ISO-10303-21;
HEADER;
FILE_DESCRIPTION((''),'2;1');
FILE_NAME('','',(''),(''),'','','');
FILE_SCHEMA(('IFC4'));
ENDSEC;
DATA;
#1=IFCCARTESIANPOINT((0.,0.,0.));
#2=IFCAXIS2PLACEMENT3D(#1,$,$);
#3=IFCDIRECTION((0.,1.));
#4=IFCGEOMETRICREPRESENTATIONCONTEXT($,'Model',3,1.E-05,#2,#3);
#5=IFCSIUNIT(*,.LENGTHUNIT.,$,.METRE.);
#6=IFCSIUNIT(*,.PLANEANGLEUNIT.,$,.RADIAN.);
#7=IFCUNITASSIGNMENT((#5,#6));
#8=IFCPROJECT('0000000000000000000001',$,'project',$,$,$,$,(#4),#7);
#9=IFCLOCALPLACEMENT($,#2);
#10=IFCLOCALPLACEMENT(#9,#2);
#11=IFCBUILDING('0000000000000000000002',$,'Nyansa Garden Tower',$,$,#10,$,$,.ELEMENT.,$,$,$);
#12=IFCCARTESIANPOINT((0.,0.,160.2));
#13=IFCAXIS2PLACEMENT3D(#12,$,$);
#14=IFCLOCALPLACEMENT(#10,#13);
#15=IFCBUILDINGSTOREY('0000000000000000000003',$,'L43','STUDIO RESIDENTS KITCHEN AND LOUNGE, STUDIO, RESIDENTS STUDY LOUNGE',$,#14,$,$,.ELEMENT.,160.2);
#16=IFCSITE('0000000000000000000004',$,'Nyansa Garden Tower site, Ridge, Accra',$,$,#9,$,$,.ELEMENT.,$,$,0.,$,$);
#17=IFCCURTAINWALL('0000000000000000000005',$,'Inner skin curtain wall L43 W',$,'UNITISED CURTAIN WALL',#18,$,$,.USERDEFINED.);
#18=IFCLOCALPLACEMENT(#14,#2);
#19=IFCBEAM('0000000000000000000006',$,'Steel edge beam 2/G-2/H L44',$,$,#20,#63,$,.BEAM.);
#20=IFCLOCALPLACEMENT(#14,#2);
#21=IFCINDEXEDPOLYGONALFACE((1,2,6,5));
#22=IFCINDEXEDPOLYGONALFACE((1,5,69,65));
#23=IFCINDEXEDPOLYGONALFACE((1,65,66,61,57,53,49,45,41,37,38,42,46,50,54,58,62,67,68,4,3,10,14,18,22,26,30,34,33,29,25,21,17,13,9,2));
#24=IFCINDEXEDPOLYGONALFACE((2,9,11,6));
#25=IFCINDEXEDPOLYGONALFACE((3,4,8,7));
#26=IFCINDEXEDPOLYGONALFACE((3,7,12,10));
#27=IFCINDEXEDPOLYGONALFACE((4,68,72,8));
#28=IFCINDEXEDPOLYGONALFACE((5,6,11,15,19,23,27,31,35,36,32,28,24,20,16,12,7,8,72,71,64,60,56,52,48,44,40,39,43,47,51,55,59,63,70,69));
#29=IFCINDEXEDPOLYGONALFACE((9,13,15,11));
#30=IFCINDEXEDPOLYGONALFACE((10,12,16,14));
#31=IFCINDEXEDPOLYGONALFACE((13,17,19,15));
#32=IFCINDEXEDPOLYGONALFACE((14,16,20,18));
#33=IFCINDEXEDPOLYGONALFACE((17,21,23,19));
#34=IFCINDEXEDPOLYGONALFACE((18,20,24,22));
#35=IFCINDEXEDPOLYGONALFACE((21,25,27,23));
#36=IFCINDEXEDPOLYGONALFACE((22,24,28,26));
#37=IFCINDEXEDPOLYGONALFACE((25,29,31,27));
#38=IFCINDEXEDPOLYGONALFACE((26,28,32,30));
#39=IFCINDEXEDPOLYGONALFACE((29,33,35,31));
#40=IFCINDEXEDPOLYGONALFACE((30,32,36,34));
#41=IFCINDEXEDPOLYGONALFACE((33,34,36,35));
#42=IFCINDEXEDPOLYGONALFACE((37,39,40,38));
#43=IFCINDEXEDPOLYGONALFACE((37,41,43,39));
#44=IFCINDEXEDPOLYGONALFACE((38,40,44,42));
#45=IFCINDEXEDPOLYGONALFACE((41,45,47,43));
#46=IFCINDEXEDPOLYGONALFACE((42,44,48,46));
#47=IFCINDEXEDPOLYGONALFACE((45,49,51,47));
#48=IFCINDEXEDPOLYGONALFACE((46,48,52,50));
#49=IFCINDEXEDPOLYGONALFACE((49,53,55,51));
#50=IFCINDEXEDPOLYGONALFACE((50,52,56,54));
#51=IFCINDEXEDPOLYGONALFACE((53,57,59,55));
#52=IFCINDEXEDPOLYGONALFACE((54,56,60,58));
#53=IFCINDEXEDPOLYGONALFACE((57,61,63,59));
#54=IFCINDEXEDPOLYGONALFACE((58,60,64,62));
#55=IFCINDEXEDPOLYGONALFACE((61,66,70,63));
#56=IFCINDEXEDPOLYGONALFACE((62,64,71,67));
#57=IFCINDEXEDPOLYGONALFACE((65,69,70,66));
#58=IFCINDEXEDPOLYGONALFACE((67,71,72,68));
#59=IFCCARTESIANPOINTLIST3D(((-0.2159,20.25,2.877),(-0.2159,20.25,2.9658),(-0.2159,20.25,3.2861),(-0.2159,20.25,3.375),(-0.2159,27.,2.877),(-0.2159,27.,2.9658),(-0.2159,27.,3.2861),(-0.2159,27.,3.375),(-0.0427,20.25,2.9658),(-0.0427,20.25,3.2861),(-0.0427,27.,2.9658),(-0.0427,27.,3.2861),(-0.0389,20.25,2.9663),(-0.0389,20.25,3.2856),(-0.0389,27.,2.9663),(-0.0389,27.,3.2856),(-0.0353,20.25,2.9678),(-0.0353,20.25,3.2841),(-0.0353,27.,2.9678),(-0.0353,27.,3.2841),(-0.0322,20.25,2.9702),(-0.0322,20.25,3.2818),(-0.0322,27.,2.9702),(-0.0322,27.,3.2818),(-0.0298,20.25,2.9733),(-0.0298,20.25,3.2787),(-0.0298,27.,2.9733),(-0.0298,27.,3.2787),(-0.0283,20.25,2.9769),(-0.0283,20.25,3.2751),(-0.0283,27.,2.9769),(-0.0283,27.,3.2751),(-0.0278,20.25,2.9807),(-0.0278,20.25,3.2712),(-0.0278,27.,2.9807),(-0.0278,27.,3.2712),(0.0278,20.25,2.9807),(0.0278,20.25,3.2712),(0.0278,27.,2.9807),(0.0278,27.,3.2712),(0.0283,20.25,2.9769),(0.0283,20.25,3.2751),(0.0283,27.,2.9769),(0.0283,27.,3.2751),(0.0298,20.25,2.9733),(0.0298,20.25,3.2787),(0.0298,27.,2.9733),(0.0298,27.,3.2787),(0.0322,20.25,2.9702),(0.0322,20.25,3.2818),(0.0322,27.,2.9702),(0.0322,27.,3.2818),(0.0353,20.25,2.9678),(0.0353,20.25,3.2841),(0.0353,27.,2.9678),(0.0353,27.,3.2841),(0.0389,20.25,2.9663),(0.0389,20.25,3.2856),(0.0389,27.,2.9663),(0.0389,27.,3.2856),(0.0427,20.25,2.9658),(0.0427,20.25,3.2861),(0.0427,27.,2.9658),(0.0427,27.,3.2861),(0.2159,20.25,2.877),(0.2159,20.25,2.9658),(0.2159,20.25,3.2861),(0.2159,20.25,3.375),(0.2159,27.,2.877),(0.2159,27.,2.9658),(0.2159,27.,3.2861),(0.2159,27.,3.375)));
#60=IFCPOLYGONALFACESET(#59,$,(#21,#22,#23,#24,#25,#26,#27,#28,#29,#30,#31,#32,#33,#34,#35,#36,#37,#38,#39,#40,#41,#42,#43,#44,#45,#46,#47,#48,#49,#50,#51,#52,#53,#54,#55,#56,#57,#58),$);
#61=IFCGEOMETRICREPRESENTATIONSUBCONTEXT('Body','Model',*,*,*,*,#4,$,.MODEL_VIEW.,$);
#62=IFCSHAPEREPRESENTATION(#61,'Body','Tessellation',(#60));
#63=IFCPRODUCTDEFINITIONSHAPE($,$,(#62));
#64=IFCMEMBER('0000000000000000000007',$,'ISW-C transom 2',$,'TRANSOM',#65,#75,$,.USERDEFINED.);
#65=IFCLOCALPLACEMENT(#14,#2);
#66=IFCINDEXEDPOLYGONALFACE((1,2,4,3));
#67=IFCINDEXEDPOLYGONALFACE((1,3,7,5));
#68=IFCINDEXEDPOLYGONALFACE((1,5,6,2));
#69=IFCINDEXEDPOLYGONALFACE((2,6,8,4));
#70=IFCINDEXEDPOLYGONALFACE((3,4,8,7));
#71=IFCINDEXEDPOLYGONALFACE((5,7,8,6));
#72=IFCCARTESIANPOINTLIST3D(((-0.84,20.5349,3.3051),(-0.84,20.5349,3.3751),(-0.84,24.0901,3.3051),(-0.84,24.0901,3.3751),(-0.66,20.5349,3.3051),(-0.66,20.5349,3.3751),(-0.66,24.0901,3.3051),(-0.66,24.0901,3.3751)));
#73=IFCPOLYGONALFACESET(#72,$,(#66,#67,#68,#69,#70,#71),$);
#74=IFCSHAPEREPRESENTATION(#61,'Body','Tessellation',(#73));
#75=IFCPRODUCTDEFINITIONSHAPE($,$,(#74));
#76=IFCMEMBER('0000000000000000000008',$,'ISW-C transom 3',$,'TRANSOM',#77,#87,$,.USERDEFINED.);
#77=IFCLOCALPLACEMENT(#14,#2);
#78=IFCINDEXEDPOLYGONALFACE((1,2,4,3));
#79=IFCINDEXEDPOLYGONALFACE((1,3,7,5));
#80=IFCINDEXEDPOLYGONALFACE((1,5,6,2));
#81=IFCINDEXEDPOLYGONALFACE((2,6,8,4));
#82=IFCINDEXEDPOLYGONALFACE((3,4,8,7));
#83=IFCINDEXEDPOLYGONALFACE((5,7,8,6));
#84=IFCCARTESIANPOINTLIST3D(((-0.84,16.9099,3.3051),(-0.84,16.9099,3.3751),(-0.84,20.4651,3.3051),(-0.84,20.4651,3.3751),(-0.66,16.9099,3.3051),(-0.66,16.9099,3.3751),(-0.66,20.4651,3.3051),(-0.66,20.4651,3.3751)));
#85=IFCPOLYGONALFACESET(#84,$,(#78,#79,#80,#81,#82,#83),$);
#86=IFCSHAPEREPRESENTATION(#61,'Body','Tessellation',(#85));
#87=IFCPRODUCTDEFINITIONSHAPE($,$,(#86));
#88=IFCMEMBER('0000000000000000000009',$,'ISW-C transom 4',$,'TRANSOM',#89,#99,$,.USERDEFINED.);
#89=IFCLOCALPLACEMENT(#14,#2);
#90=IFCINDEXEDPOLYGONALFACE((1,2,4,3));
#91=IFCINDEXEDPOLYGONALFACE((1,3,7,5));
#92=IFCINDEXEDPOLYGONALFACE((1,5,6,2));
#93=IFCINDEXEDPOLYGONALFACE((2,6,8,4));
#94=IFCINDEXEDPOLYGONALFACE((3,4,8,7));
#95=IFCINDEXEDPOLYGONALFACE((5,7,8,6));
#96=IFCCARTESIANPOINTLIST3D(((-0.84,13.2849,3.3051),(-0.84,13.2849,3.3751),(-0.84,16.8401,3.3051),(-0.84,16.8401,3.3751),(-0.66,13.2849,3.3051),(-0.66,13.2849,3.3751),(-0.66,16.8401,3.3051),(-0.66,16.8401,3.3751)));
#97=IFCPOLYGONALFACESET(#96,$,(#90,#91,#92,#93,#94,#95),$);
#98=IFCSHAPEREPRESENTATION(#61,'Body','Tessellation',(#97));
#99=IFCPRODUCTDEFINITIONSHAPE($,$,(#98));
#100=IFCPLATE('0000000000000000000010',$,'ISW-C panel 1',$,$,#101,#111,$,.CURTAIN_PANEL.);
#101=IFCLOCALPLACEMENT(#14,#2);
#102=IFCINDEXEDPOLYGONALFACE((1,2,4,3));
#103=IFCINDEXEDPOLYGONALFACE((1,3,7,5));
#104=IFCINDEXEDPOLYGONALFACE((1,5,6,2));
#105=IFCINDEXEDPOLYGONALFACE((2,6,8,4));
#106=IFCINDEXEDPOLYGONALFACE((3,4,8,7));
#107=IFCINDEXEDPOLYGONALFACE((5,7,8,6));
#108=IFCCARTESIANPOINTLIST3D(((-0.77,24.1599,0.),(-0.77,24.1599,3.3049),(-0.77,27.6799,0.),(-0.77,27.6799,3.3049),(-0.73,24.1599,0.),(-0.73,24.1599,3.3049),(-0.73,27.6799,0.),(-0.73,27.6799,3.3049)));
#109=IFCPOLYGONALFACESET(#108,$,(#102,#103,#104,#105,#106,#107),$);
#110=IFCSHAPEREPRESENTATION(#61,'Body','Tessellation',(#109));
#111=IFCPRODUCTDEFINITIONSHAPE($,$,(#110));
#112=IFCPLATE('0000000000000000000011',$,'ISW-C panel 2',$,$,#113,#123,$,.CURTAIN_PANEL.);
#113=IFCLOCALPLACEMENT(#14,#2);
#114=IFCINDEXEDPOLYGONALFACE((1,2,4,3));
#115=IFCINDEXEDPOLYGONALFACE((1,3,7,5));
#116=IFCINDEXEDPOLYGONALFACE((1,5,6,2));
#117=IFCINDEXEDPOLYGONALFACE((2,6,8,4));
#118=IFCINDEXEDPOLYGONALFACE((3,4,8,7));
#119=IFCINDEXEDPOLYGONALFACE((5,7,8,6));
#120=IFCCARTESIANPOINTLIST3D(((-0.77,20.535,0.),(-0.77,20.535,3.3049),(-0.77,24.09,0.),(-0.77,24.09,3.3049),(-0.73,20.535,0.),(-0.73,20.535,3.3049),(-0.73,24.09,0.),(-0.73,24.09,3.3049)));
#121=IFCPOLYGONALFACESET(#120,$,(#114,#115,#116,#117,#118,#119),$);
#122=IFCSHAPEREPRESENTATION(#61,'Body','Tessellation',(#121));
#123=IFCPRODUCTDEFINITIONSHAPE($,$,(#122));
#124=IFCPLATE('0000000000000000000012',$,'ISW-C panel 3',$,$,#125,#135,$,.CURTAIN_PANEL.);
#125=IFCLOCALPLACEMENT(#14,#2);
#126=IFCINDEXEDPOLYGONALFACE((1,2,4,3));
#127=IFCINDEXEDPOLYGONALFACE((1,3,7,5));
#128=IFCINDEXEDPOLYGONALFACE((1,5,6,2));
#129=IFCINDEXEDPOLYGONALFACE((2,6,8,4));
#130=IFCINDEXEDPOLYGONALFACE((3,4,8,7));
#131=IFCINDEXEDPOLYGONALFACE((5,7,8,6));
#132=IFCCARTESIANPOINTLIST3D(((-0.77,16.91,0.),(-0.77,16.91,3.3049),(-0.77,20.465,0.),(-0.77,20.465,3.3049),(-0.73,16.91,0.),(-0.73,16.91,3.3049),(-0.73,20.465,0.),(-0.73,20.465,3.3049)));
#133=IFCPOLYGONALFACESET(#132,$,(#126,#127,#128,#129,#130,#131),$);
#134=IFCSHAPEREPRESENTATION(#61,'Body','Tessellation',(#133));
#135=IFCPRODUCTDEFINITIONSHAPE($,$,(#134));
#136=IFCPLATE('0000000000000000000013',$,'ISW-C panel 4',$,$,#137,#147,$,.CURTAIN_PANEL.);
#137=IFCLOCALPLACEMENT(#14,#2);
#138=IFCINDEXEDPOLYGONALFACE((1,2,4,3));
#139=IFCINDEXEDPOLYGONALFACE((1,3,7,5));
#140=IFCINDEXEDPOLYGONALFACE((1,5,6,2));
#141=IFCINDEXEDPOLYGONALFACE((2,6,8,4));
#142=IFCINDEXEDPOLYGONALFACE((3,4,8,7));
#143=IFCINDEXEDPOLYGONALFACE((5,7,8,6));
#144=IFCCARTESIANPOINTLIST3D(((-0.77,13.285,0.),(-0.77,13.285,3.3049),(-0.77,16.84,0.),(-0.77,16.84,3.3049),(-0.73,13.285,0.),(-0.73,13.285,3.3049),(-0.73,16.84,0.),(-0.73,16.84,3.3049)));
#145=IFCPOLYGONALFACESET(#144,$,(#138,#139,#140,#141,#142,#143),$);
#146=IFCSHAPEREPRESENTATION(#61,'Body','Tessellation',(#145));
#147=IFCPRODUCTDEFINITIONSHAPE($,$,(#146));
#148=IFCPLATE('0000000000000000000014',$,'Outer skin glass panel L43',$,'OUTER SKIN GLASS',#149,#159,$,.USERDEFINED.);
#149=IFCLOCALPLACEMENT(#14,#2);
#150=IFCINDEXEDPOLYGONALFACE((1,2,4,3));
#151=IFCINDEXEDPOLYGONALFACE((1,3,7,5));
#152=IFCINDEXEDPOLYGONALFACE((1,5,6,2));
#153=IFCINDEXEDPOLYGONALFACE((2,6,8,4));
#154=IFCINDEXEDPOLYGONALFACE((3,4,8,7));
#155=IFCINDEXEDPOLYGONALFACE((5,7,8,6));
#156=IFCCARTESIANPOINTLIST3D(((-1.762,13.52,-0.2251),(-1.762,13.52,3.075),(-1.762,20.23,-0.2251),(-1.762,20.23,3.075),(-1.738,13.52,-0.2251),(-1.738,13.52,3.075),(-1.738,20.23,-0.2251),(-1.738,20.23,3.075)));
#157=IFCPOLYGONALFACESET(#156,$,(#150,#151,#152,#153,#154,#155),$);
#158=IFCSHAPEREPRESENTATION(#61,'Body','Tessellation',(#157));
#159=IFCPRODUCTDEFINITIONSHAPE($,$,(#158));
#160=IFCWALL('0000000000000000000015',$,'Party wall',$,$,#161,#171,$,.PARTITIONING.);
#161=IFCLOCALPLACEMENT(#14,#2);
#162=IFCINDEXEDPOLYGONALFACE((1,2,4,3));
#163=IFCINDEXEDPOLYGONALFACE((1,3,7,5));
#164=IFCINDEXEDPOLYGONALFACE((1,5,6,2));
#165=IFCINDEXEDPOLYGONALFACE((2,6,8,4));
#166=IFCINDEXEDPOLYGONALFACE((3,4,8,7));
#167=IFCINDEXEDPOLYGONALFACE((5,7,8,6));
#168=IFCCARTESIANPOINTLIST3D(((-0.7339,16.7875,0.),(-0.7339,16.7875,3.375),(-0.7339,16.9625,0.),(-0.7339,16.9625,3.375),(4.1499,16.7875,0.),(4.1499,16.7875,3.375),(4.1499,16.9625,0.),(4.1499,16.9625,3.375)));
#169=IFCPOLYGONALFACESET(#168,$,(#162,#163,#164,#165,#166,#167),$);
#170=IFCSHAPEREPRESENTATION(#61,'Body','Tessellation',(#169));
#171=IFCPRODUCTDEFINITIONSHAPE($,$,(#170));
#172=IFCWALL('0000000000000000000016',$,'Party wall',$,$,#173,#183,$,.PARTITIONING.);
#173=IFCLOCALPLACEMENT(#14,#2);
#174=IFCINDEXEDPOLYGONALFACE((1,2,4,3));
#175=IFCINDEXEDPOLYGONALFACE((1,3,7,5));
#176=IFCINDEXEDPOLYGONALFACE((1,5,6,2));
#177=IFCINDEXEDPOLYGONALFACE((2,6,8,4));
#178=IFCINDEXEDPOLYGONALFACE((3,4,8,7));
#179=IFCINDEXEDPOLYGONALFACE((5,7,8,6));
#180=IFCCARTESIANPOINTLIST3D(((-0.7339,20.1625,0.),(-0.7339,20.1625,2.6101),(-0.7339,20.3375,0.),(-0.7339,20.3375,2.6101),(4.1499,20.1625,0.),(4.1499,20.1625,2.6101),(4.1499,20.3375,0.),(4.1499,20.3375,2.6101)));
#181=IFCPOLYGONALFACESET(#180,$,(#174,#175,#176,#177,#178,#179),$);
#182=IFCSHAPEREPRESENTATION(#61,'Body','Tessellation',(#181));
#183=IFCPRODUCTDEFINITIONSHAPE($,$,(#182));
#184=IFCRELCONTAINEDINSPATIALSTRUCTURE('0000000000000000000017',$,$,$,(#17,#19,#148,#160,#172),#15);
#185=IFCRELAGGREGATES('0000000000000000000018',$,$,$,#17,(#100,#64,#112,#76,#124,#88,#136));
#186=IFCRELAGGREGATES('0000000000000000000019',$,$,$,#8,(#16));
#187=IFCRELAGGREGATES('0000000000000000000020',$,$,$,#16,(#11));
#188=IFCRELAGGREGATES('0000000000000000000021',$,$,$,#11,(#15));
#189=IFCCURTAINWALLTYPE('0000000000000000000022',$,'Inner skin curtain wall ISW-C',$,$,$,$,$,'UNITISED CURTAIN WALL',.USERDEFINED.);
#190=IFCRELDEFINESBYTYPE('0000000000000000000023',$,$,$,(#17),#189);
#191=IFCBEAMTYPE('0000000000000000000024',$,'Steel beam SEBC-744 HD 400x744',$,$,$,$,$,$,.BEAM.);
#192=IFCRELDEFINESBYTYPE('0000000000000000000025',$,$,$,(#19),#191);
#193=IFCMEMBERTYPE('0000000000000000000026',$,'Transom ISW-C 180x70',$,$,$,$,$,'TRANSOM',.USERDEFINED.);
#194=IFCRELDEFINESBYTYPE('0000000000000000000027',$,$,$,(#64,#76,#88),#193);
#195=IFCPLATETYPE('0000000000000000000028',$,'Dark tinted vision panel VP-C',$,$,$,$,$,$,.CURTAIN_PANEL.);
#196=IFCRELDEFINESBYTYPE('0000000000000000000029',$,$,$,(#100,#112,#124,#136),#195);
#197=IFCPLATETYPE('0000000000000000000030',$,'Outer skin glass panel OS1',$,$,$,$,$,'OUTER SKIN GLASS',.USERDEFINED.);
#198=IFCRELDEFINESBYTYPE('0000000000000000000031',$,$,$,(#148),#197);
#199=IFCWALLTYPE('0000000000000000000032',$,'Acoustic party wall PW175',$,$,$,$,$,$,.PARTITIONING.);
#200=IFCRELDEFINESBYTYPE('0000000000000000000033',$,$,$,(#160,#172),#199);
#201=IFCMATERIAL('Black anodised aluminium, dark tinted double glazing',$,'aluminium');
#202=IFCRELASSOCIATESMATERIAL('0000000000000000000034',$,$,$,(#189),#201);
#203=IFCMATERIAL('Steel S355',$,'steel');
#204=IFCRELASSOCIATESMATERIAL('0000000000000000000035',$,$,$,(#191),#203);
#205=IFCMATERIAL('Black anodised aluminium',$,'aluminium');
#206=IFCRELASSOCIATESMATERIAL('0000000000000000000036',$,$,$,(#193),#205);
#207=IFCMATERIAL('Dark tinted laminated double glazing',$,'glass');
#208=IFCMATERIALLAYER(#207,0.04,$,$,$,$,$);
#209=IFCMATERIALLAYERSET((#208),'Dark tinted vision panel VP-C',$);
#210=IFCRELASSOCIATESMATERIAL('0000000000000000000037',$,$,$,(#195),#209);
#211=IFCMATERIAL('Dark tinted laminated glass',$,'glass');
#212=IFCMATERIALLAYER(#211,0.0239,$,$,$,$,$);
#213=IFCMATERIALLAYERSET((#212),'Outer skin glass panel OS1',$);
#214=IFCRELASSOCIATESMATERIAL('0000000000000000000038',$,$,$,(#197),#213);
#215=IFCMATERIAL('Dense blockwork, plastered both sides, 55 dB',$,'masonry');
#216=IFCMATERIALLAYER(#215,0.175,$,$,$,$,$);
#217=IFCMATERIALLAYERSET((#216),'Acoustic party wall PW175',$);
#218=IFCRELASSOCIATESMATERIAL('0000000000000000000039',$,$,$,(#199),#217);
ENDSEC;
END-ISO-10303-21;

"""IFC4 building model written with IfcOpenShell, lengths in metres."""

from ifc_helpers import new_model, si_unit, direction, frame, frame_2d, origin, origin_2d, place, context, subcontext, project, spatial, rectangle, i_section, extrude, material, layer, layer_set, material_profile, profile_set, type_object, element, aggregate, save


model = new_model("IFC4")

# Units and contexts
model_context = context("Model", 3, precision=1e-05, world=origin(), true_north=direction((0.0, 1.0)))
body_context = subcontext(model_context, "Body", "Model", "MODEL_VIEW")
ifc_project = project(units=[si_unit("LENGTHUNIT", "METRE"), si_unit("PLANEANGLEUNIT", "RADIAN")], contexts=[model_context])

# Site, building, storey
site_placement = place(None, origin())
site = spatial("IfcSite", under=ifc_project, at=site_placement, Name="Nyansa Garden Tower site, Ridge, Accra", CompositionType="ELEMENT", RefElevation=0.0)
building_placement = place(site_placement, origin())
building = spatial("IfcBuilding", under=site, at=building_placement, Name="Nyansa Garden Tower", CompositionType="ELEMENT")
storey_placement = place(building_placement, frame((0.0, 0.0, 160.2)))
storey = spatial("IfcBuildingStorey", under=building, at=storey_placement, Name="L43", Description="STUDIO RESIDENTS KITCHEN AND LOUNGE, STUDIO, RESIDENTS STUDY LOUNGE", CompositionType="ELEMENT", Elevation=160.2)

# Curtain wall
ifc_material_1 = material(Name="Black anodised aluminium, dark tinted double glazing", Category="aluminium")
curtain_wall_type = type_object("IfcCurtainWallType", Name="Inner skin curtain wall ISW-C", ElementType="UNITISED CURTAIN WALL", PredefinedType="USERDEFINED", material=ifc_material_1)
curtain_wall_placement = place(storey_placement, origin())
curtain_wall = element("IfcCurtainWall", 1, at=curtain_wall_placement, inside=storey, type_object=curtain_wall_type, Name="Inner skin curtain wall L43 W", ObjectType="UNITISED CURTAIN WALL", PredefinedType="USERDEFINED")

# Beam
ifc_material_2 = material(Name="Steel S355", Category="steel")
ifc_material_profile_1 = material_profile(ifc_material_2, i_section(OverallWidth=0.4319, OverallDepth=0.498, WebThickness=0.0557, FlangeThickness=0.0889, FilletRadius=0.0149, at=origin_2d()), Name="HD 400x744")
ifc_profile_set_1 = profile_set([ifc_material_profile_1], Name="Steel S355")
beam_type_1 = type_object("IfcBeamType", Name="Steel beam SEBC-744 HD 400x744", PredefinedType="BEAM", material=ifc_profile_set_1)
beam_1_placement = place(storey_placement, frame((0.0, 20.25, 3.126), z_axis=(0.0, 1.0, 0.0), x_axis=(-1.0, 0.0, 0.0)))
element("IfcBeam", 2, at=beam_1_placement, inside=storey, type_object=beam_type_1, Name="Steel edge beam 2/G-2/H L44", PredefinedType="BEAM", context=body_context, shape_type="SweptSolid", body=[
    extrude(i_section(OverallWidth=0.4319, OverallDepth=0.498, WebThickness=0.0557, FlangeThickness=0.0889, FilletRadius=0.0149, at=origin_2d()), origin(), (0.0, 0.0, 1.0), 6.75),
])

# Members
ifc_material_3 = material(Name="Black anodised aluminium", Category="aluminium")
ifc_material_profile_2 = material_profile(ifc_material_3, rectangle(XDim=0.1799, YDim=0.0701, at=origin_2d()), Name="Transom 180x70")
ifc_profile_set_2 = profile_set([ifc_material_profile_2], Name="Black anodised aluminium")
member_type_1 = type_object("IfcMemberType", Name="Transom ISW-C 180x70", ElementType="TRANSOM", PredefinedType="USERDEFINED", material=ifc_profile_set_2)
member_1_placement = place(storey_placement, frame((-0.75, 24.0901, 3.3401), z_axis=(0.0, -1.0, 0.0), x_axis=(1.0, 0.0, 0.0)))
member_1 = element("IfcMember", 3, at=member_1_placement, type_object=member_type_1, Name="ISW-C transom 2", ObjectType="TRANSOM", PredefinedType="USERDEFINED", context=body_context, shape_type="SweptSolid", body=[
    extrude(rectangle(XDim=0.1799, YDim=0.0701, at=origin_2d()), origin(), (0.0, 0.0, 1.0), 3.5552),
])
member_2_placement = place(storey_placement, frame((-0.75, 20.4651, 3.3401), z_axis=(0.0, -1.0, 0.0), x_axis=(1.0, 0.0, 0.0)))
member_2 = element("IfcMember", 4, at=member_2_placement, type_object=member_type_1, Name="ISW-C transom 3", ObjectType="TRANSOM", PredefinedType="USERDEFINED", context=body_context, shape_type="SweptSolid", body=[
    extrude(rectangle(XDim=0.1799, YDim=0.0701, at=origin_2d()), origin(), (0.0, 0.0, 1.0), 3.5552),
])
member_3_placement = place(storey_placement, frame((-0.75, 16.8401, 3.3401), z_axis=(0.0, -1.0, 0.0), x_axis=(1.0, 0.0, 0.0)))
member_3 = element("IfcMember", 5, at=member_3_placement, type_object=member_type_1, Name="ISW-C transom 4", ObjectType="TRANSOM", PredefinedType="USERDEFINED", context=body_context, shape_type="SweptSolid", body=[
    extrude(rectangle(XDim=0.1799, YDim=0.0701, at=origin_2d()), origin(), (0.0, 0.0, 1.0), 3.5552),
])

# Plates
ifc_material_4 = material(Name="Dark tinted laminated double glazing", Category="glass")
ifc_layer_1 = layer(ifc_material_4, 0.04)
ifc_layer_set_1 = layer_set([ifc_layer_1], Name="Dark tinted vision panel VP-C")
plate_type_1 = type_object("IfcPlateType", Name="Dark tinted vision panel VP-C", PredefinedType="CURTAIN_PANEL", material=ifc_layer_set_1)
plate_1_placement = place(storey_placement, frame((-0.75, 25.9199, 0.0), z_axis=(0.0, 0.0, 1.0), x_axis=(0.0, -1.0, 0.0)))
plate_1 = element("IfcPlate", 6, at=plate_1_placement, type_object=plate_type_1, Name="ISW-C panel 1", PredefinedType="CURTAIN_PANEL", context=body_context, shape_type="SweptSolid", body=[
    extrude(rectangle(XDim=3.52, YDim=0.04, at=origin_2d()), origin(), (0.0, 0.0, 1.0), 3.3049),
])
plate_2_placement = place(storey_placement, frame((-0.75, 22.3125, 0.0), z_axis=(0.0, 0.0, 1.0), x_axis=(0.0, -1.0, 0.0)))
plate_2 = element("IfcPlate", 7, at=plate_2_placement, type_object=plate_type_1, Name="ISW-C panel 2", PredefinedType="CURTAIN_PANEL", context=body_context, shape_type="SweptSolid", body=[
    extrude(rectangle(XDim=3.5549, YDim=0.04, at=origin_2d()), origin(), (0.0, 0.0, 1.0), 3.3049),
])
plate_3_placement = place(storey_placement, frame((-0.75, 18.6875, 0.0), z_axis=(0.0, 0.0, 1.0), x_axis=(0.0, -1.0, 0.0)))
plate_3 = element("IfcPlate", 8, at=plate_3_placement, type_object=plate_type_1, Name="ISW-C panel 3", PredefinedType="CURTAIN_PANEL", context=body_context, shape_type="SweptSolid", body=[
    extrude(rectangle(XDim=3.5549, YDim=0.04, at=origin_2d()), origin(), (0.0, 0.0, 1.0), 3.3049),
])
plate_4_placement = place(storey_placement, frame((-0.75, 15.0625, 0.0), z_axis=(0.0, 0.0, 1.0), x_axis=(0.0, -1.0, 0.0)))
plate_4 = element("IfcPlate", 9, at=plate_4_placement, type_object=plate_type_1, Name="ISW-C panel 4", PredefinedType="CURTAIN_PANEL", context=body_context, shape_type="SweptSolid", body=[
    extrude(rectangle(XDim=3.5549, YDim=0.04, at=origin_2d()), origin(), (0.0, 0.0, 1.0), 3.3049),
])
aggregate(curtain_wall, [plate_1, member_1, plate_2, member_2, plate_3, member_3, plate_4])
ifc_material_5 = material(Name="Dark tinted laminated glass", Category="glass")
ifc_layer_2 = layer(ifc_material_5, 0.0239)
ifc_layer_set_2 = layer_set([ifc_layer_2], Name="Outer skin glass panel OS1")
plate_type_2 = type_object("IfcPlateType", Name="Outer skin glass panel OS1", ElementType="OUTER SKIN GLASS", PredefinedType="USERDEFINED", material=ifc_layer_set_2)
plate_5_placement = place(storey_placement, frame((-1.75, 16.875, -0.2251), z_axis=(0.0, 0.0, 1.0), x_axis=(0.0, 1.0, 0.0)))
element("IfcPlate", 10, at=plate_5_placement, inside=storey, type_object=plate_type_2, Name="Outer skin glass panel L43", ObjectType="OUTER SKIN GLASS", PredefinedType="USERDEFINED", context=body_context, shape_type="SweptSolid", body=[
    extrude(rectangle(XDim=6.71, YDim=0.0239, at=origin_2d()), origin(), (0.0, 0.0, 1.0), 3.3),
])

# Walls
ifc_material_6 = material(Name="Dense blockwork, plastered both sides, 55 dB", Category="masonry")
ifc_layer_3 = layer(ifc_material_6, 0.175)
ifc_layer_set_3 = layer_set([ifc_layer_3], Name="Acoustic party wall PW175")
wall_type_1 = type_object("IfcWallType", Name="Acoustic party wall PW175", PredefinedType="PARTITIONING", material=ifc_layer_set_3)
wall_1_placement = place(storey_placement, frame((-0.7339, 16.875, 0.0), z_axis=(0.0, 0.0, 1.0), x_axis=(1.0, 0.0, 0.0)))
element("IfcWall", 11, at=wall_1_placement, inside=storey, type_object=wall_type_1, Name="Party wall", PredefinedType="PARTITIONING", context=body_context, shape_type="SweptSolid", body=[
    extrude(rectangle(XDim=4.8838, YDim=0.175, at=frame_2d((2.4419, 0.0))), origin(), (0.0, 0.0, 1.0), 3.375),
])
wall_2_placement = place(storey_placement, frame((-0.7339, 20.25, 0.0), z_axis=(0.0, 0.0, 1.0), x_axis=(1.0, 0.0, 0.0)))
element("IfcWall", 12, at=wall_2_placement, inside=storey, type_object=wall_type_1, Name="Party wall", PredefinedType="PARTITIONING", context=body_context, shape_type="SweptSolid", body=[
    extrude(rectangle(XDim=4.8838, YDim=0.175, at=frame_2d((2.4419, 0.0))), origin(), (0.0, 0.0, 1.0), 2.6101),
])

save(model, "model.ifc")
